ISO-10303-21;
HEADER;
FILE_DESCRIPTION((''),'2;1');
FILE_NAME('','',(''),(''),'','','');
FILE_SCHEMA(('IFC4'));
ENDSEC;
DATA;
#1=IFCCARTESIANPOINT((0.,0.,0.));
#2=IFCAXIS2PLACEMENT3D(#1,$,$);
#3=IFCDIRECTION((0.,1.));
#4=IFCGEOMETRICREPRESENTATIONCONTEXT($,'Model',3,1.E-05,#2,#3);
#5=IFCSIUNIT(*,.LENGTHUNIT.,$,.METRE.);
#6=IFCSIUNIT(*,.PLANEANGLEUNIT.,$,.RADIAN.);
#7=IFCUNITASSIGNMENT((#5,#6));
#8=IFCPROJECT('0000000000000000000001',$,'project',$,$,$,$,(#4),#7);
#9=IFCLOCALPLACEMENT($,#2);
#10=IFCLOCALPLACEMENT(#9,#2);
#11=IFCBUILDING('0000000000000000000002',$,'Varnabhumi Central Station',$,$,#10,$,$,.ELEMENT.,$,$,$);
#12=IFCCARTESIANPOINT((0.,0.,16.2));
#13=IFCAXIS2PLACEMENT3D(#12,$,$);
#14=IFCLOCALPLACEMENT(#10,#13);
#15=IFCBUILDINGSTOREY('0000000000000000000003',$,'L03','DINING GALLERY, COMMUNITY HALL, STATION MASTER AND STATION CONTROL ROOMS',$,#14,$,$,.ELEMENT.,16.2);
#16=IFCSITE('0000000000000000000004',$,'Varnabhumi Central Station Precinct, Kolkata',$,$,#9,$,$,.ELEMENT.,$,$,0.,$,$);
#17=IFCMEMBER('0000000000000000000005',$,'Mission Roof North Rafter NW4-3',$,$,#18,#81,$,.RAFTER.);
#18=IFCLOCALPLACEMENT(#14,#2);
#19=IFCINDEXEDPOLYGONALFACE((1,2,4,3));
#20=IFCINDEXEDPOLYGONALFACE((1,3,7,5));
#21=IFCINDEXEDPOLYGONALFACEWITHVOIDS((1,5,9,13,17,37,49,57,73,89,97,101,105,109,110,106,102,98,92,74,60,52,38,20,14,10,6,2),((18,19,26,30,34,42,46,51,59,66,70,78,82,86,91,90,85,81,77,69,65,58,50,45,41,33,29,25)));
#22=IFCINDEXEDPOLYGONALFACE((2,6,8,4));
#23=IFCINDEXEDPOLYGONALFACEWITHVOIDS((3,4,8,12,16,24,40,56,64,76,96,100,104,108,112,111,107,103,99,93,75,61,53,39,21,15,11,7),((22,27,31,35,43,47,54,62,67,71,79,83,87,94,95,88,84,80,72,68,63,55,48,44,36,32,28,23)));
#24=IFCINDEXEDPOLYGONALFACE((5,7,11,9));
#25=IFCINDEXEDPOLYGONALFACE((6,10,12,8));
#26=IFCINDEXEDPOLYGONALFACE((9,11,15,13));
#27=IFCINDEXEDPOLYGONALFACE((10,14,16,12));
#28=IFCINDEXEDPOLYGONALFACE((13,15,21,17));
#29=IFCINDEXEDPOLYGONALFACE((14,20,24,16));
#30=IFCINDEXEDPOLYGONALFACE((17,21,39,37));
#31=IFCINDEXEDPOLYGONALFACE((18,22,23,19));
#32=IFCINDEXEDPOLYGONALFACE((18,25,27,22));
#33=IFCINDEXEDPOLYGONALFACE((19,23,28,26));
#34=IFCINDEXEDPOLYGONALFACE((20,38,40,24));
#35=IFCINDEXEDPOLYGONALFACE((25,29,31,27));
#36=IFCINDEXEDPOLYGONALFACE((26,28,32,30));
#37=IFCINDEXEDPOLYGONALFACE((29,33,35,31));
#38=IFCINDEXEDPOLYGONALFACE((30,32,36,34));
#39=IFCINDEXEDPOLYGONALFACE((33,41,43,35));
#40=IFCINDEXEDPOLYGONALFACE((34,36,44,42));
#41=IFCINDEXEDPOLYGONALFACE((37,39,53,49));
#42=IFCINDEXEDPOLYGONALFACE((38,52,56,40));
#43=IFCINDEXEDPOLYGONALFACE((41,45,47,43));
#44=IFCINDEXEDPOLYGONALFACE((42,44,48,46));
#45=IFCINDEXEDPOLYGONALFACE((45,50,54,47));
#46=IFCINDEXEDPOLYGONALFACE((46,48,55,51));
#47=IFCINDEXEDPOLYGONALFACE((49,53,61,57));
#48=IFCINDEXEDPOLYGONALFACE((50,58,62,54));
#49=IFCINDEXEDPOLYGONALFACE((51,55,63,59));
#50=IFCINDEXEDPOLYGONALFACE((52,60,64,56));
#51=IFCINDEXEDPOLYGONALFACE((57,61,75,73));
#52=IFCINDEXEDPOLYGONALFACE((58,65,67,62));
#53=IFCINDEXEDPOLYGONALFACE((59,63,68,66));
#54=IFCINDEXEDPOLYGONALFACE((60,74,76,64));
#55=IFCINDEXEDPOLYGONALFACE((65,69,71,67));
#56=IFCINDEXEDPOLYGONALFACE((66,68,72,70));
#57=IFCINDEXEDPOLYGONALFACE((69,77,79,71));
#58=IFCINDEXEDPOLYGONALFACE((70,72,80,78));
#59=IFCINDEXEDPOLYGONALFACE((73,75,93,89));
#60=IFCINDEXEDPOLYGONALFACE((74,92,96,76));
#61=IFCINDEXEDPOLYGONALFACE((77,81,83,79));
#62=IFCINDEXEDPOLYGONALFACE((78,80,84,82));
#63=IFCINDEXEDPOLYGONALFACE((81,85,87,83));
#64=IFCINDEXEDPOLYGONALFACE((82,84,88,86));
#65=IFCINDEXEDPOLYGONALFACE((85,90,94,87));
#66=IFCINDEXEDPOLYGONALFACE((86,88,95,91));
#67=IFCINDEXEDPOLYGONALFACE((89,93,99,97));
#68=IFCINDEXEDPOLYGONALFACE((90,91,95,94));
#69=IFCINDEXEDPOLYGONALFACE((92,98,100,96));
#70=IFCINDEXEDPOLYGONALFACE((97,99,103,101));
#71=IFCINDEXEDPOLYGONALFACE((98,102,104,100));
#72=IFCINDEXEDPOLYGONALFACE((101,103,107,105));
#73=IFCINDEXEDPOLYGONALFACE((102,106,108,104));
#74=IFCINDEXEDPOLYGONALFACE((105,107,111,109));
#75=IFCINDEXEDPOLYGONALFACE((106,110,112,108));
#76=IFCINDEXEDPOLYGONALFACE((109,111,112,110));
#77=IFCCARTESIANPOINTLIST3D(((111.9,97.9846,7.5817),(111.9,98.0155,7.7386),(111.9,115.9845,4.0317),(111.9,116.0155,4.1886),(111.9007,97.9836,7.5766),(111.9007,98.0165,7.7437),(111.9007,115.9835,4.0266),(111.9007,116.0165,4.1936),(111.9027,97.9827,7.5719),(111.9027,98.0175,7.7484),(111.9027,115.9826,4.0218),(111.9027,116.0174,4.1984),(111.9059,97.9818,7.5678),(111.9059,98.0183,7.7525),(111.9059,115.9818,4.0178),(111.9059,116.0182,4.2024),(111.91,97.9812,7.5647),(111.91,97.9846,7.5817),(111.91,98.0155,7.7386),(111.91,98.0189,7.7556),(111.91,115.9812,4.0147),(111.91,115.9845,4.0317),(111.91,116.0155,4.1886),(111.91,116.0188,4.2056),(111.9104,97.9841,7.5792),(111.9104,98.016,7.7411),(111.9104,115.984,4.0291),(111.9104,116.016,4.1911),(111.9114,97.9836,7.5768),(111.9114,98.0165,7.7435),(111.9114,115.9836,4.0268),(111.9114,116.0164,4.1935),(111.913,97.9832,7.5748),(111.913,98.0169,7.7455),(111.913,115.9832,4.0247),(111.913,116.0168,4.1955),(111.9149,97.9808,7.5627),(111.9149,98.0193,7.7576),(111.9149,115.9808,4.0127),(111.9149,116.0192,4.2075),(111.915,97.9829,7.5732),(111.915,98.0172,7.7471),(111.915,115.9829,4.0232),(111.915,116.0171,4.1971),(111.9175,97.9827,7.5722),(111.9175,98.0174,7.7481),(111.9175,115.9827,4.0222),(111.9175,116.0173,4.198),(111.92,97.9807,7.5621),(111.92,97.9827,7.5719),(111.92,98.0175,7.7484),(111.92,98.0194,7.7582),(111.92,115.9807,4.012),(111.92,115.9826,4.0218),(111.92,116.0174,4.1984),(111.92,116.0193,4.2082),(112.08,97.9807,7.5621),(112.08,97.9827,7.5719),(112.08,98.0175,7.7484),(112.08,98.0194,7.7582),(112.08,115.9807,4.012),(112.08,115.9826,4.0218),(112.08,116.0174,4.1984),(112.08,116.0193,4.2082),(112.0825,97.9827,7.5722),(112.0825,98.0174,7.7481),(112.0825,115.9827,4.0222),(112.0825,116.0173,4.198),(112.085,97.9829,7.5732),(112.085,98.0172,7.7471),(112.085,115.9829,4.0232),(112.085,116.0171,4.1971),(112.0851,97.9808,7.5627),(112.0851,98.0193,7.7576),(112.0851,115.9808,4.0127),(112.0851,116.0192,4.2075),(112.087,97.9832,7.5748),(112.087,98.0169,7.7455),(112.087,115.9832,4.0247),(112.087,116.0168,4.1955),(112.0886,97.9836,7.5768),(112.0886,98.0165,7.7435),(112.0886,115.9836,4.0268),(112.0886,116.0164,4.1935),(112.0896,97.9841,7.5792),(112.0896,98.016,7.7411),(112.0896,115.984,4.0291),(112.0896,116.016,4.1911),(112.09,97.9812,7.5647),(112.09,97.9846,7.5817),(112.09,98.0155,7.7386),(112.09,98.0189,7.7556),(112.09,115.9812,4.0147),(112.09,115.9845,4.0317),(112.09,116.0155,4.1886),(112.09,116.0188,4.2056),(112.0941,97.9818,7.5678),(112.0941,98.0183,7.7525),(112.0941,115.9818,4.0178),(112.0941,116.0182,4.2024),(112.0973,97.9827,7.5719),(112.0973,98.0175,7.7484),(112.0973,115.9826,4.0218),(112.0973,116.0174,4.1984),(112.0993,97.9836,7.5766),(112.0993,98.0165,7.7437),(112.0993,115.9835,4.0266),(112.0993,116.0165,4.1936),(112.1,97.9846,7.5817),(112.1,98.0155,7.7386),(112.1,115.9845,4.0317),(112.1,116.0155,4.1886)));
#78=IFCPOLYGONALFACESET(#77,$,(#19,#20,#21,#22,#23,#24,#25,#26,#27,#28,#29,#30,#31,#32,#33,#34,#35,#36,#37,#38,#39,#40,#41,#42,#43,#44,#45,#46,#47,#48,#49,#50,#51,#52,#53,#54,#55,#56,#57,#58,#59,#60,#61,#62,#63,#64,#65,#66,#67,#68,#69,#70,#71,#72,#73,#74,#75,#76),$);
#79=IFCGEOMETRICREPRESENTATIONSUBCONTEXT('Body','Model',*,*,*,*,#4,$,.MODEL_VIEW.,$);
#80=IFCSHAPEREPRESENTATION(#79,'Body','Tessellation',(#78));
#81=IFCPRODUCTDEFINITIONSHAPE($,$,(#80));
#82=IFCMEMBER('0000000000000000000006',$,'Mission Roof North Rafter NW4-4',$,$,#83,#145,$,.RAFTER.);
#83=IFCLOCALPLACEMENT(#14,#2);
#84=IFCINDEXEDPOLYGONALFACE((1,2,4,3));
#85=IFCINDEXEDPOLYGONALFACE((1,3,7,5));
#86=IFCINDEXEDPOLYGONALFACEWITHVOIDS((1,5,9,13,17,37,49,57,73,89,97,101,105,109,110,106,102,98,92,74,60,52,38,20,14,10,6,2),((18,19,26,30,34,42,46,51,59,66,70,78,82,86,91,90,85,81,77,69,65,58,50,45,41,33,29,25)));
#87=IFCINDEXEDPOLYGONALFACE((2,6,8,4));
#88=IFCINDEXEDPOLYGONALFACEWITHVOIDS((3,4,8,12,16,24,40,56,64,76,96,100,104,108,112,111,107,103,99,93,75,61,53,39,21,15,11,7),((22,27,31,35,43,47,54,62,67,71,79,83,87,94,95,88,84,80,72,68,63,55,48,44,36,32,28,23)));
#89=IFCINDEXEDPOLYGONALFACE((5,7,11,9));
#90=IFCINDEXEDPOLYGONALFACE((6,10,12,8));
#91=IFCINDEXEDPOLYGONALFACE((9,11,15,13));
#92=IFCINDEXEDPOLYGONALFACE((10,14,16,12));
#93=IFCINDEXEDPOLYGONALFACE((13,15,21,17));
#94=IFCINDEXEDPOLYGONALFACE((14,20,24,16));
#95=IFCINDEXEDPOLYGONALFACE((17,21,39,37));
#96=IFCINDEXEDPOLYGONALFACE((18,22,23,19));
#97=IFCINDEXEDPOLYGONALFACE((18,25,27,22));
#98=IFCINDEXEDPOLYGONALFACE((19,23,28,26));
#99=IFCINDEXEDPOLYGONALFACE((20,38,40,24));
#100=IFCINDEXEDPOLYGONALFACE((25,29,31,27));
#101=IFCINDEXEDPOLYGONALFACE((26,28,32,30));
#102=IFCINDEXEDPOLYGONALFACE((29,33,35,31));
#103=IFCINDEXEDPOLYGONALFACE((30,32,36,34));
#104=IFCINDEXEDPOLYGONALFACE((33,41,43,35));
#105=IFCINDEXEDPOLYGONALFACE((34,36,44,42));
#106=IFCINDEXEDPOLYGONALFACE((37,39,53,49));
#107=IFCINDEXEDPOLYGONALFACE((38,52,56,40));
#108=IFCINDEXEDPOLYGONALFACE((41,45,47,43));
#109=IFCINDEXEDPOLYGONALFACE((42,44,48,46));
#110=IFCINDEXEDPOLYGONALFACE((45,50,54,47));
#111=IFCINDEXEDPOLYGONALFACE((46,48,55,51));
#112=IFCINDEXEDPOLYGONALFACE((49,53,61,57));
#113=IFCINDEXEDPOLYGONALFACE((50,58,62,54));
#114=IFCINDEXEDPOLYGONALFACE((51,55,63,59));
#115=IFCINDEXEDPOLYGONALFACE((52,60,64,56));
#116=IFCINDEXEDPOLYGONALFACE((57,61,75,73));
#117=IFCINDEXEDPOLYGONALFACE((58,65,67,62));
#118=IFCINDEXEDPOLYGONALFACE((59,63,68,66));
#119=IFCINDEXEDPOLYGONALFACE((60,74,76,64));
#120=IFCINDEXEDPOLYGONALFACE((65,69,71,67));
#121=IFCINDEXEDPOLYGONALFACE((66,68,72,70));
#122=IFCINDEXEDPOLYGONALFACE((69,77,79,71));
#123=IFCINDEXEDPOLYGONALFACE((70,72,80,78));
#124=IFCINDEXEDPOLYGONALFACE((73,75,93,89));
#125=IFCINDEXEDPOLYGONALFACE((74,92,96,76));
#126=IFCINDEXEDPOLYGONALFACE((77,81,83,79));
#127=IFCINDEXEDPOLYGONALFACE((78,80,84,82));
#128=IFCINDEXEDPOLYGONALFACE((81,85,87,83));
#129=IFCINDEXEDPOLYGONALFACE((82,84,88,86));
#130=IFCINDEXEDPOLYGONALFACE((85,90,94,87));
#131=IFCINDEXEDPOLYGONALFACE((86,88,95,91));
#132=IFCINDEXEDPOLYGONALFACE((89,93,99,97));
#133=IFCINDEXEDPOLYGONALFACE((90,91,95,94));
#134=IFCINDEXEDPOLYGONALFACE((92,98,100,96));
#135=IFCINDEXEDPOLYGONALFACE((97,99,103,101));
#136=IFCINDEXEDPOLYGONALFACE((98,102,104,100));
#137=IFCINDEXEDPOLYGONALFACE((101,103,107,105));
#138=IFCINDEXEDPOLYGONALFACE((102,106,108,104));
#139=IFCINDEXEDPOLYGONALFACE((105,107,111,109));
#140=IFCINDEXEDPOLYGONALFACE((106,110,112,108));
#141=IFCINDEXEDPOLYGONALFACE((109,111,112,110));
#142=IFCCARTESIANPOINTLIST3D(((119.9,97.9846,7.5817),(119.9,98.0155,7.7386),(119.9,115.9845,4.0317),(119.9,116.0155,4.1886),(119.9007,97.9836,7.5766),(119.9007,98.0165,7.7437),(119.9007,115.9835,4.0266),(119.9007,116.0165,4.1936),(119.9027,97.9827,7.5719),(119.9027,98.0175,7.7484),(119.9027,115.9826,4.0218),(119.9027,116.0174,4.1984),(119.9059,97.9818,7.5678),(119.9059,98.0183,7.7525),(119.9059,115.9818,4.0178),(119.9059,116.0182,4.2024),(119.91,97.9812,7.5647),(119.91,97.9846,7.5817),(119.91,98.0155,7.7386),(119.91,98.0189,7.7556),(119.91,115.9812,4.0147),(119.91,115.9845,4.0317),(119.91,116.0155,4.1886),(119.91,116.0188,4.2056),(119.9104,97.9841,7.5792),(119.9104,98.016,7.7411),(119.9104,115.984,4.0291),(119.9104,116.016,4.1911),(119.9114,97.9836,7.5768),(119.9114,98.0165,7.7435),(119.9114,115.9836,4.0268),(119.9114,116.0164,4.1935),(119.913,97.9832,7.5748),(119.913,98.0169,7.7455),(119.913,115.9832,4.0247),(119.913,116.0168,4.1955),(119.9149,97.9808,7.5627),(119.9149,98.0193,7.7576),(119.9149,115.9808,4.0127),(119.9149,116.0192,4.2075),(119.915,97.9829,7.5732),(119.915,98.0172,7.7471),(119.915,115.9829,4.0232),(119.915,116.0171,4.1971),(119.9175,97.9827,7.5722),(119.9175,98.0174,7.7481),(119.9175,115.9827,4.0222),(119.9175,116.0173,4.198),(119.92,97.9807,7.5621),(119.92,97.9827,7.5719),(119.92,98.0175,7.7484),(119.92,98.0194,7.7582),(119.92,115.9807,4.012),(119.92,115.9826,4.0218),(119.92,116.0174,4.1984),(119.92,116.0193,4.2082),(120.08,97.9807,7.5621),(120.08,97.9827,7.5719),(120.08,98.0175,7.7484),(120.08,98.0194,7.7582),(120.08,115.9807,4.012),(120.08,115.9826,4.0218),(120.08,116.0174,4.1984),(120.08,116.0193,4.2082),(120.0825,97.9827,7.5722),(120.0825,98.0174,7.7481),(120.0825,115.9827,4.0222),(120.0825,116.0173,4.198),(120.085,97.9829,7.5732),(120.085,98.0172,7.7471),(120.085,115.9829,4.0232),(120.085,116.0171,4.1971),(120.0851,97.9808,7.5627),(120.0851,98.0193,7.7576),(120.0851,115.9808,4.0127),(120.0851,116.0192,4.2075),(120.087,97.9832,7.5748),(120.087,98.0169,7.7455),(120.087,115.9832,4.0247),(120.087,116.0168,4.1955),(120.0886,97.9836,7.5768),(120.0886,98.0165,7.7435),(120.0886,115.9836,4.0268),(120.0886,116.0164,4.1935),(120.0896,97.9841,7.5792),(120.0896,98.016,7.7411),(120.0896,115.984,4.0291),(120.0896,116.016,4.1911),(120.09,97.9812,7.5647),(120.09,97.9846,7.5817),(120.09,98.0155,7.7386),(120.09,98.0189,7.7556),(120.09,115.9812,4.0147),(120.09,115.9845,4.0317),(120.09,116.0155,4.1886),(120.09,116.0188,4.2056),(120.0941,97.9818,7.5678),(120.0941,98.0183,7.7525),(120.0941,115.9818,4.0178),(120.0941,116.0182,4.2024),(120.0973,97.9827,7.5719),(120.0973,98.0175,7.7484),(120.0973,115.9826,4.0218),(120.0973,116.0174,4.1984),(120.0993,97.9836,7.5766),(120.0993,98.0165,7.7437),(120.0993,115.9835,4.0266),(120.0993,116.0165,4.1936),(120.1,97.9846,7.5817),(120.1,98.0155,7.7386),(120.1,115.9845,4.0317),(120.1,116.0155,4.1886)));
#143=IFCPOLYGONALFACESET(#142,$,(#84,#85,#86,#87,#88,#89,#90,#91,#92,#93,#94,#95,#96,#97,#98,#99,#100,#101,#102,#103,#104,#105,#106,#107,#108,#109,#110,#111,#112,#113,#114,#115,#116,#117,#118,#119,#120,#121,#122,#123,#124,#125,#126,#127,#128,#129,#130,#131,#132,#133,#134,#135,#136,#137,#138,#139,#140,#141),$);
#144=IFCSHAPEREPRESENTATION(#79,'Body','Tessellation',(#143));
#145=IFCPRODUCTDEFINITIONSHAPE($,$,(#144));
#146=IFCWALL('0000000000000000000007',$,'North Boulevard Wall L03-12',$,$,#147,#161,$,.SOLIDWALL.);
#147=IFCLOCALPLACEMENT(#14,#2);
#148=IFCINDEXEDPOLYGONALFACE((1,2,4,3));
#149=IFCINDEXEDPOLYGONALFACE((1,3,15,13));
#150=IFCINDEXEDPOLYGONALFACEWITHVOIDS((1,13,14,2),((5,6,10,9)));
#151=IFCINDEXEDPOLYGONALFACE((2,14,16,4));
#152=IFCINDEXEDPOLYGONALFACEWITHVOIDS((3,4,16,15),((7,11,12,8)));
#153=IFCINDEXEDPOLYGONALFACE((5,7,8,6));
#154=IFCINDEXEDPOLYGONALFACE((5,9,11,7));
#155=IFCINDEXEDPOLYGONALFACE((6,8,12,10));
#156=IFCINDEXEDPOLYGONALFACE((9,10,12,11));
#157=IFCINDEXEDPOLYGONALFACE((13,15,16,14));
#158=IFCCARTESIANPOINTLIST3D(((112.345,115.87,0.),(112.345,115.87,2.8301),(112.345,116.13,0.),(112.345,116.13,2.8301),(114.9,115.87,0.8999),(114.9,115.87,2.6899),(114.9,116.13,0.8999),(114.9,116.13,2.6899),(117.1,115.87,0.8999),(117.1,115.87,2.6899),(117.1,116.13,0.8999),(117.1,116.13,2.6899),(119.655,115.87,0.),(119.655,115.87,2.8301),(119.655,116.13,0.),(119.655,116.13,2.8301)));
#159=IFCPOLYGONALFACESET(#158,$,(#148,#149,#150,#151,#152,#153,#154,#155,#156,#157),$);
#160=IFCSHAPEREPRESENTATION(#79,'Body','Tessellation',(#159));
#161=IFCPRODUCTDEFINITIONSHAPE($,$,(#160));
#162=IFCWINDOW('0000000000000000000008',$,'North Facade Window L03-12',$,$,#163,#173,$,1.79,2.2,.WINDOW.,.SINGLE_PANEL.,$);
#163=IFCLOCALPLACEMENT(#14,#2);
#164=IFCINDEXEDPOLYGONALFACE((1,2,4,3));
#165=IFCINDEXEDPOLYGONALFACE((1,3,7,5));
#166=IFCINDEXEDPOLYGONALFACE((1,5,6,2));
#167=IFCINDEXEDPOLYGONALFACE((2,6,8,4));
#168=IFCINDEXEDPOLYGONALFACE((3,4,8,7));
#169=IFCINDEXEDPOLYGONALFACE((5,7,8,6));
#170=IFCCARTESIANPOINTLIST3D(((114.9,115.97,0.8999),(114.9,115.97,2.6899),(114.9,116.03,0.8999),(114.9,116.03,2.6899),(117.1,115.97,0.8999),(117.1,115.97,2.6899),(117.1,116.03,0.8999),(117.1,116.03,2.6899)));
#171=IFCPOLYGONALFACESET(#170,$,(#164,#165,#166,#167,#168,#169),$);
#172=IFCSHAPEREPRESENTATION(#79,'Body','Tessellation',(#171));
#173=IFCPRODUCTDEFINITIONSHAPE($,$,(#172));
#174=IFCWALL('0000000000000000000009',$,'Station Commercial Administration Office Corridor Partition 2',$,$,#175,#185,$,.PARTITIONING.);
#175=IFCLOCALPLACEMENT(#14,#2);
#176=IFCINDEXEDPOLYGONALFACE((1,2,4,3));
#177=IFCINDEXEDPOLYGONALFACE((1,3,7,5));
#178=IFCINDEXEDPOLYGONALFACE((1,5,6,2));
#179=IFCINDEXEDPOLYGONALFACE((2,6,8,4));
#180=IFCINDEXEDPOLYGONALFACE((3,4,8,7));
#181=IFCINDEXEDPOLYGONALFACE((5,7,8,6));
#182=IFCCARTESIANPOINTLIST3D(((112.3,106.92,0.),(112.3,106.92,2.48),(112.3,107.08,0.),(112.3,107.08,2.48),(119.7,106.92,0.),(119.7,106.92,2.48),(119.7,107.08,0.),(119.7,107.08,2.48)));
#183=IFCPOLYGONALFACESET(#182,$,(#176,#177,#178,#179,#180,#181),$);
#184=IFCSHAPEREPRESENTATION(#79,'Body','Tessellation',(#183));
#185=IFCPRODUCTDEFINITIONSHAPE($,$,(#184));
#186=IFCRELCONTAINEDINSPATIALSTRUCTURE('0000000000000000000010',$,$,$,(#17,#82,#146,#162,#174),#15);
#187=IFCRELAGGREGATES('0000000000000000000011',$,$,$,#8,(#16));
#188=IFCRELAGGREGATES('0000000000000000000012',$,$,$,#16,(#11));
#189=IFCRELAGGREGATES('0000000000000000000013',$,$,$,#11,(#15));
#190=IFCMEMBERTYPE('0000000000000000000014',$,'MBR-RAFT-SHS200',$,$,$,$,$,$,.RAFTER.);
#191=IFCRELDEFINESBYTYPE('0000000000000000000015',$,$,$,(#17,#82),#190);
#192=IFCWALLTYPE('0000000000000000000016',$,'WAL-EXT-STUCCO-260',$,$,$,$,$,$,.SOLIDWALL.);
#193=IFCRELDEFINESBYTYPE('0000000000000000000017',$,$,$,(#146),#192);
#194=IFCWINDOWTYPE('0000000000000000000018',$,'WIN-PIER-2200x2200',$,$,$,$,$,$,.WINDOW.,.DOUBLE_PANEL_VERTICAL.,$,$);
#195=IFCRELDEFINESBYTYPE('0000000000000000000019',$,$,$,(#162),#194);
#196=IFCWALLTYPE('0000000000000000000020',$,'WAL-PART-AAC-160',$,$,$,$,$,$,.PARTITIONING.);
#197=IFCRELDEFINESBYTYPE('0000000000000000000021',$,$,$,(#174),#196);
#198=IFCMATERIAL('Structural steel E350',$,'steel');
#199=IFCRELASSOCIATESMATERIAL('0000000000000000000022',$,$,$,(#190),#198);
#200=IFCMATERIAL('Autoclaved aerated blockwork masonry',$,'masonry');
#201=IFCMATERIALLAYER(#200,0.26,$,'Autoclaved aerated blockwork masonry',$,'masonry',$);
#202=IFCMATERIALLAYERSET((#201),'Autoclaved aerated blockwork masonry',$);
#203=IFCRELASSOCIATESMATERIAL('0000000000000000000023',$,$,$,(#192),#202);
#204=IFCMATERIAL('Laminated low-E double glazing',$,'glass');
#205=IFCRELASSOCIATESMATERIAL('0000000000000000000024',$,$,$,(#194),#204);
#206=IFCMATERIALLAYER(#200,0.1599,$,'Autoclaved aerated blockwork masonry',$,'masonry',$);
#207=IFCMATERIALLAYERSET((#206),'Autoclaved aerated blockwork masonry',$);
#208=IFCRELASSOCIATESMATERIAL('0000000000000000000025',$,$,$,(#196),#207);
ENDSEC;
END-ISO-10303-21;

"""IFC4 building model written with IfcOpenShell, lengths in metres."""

from ifc_helpers import new_model, si_unit, direction, frame, frame_2d, origin, origin_2d, place, context, subcontext, project, spatial, rectangle, hollow_rectangle, extrude, material, layer, layer_set, material_profile, profile_set, type_object, element, fill, save


model = new_model("IFC4")

# Units and contexts
model_context = context("Model", 3, precision=1e-05, world=origin(), true_north=direction((0.0, 1.0)))
body_context = subcontext(model_context, "Body", "Model", "MODEL_VIEW")
ifc_project = project(units=[si_unit("LENGTHUNIT", "METRE"), si_unit("PLANEANGLEUNIT", "RADIAN")], contexts=[model_context])

# Site, building, storey
site_placement = place(None, origin())
site = spatial("IfcSite", under=ifc_project, at=site_placement, Name="Varnabhumi Central Station Precinct, Kolkata", CompositionType="ELEMENT", RefElevation=0.0)
building_placement = place(site_placement, origin())
building = spatial("IfcBuilding", under=site, at=building_placement, Name="Varnabhumi Central Station", CompositionType="ELEMENT")
storey_placement = place(building_placement, frame((0.0, 0.0, 16.2)))
storey = spatial("IfcBuildingStorey", under=building, at=storey_placement, Name="L03", Description="DINING GALLERY, COMMUNITY HALL, STATION MASTER AND STATION CONTROL ROOMS", CompositionType="ELEMENT", Elevation=16.2)

# Shared definitions
ifc_material_1 = material(Name="Structural steel E350", Category="steel")

# Members
ifc_material_profile_1 = material_profile(ifc_material_1, hollow_rectangle(XDim=0.2, YDim=0.2, WallThickness=0.01, InnerFilletRadius=0.01, OuterFilletRadius=0.02, at=origin_2d()), Name="Structural steel E350", Category="steel")
ifc_profile_set_1 = profile_set([ifc_material_profile_1], Name="Structural steel E350")
member_type_1 = type_object("IfcMemberType", Name="MBR-RAFT-SHS200", PredefinedType="RAFTER", material=ifc_profile_set_1)
for number, where, z_axis, x_axis, name in (
    (1, (112.0, 116.0, 4.1101), (0.0, -0.981101, 0.193498), (1.0, 0.0, 0.0), "Mission Roof North Rafter NW4-3"),
    (2, (120.0, 116.0, 4.1101), (0.0, -0.981101, 0.193498), (1.0, 0.0, 0.0), "Mission Roof North Rafter NW4-4"),
):
    element("IfcMember", number, at=place(storey_placement, frame(where, z_axis=z_axis, x_axis=x_axis)), inside=storey, type_object=member_type_1, Name=name, PredefinedType="RAFTER", context=body_context, shape_type="SweptSolid", body=[
        extrude(hollow_rectangle(XDim=0.2, YDim=0.2, WallThickness=0.01, InnerFilletRadius=0.01, OuterFilletRadius=0.02, at=origin_2d()), origin(), (0.0, 0.0, 1.0), 18.3467),
    ])

# Wall, opening, window
ifc_material_2 = material(Name="Autoclaved aerated blockwork masonry", Category="masonry")
ifc_layer_1 = layer(ifc_material_2, 0.26, Name="Autoclaved aerated blockwork masonry", Category="masonry")
ifc_layer_set_1 = layer_set([ifc_layer_1], Name="Autoclaved aerated blockwork masonry")
wall_type_1 = type_object("IfcWallType", Name="WAL-EXT-STUCCO-260", PredefinedType="SOLIDWALL", material=ifc_layer_set_1)
wall_1_placement = place(storey_placement, frame((112.345, 116.0, 0.0), z_axis=(0.0, 0.0, 1.0), x_axis=(1.0, 0.0, 0.0)))
wall_1 = element("IfcWall", 3, at=wall_1_placement, inside=storey, type_object=wall_type_1, Name="North Boulevard Wall L03-12", PredefinedType="SOLIDWALL", context=body_context, shape_type="SweptSolid", body=[
    extrude(rectangle(XDim=7.3101, YDim=0.26, at=frame_2d((3.655, 0.0))), origin(), (0.0, 0.0, 1.0), 2.8301),
])
opening_placement = place(wall_1_placement, frame((2.5549, 0.0, 0.8999)))
opening = element("IfcOpeningElement", 4, at=opening_placement, cuts=wall_1, PredefinedType="OPENING", context=body_context, shape_type="SweptSolid", body=[
    extrude(rectangle(XDim=2.2, YDim=1.79, at=frame_2d((1.1001, 0.895))), frame((0.0, 0.1399, 0.0), z_axis=(0.0, -1.0, 0.0), x_axis=(1.0, 0.0, 0.0)), (0.0, 0.0, 1.0), 0.28),
])
ifc_material_3 = material(Name="Laminated low-E double glazing", Category="glass")
window_type = type_object("IfcWindowType", Name="WIN-PIER-2200x2200", PartitioningType="DOUBLE_PANEL_VERTICAL", PredefinedType="WINDOW", material=ifc_material_3)
window_placement = place(opening_placement, origin())
window = element("IfcWindow", 5, at=window_placement, inside=storey, type_object=window_type, Name="North Facade Window L03-12", OverallHeight=1.79, OverallWidth=2.2, PartitioningType="SINGLE_PANEL", PredefinedType="WINDOW", context=body_context, shape_type="SweptSolid", body=[
    extrude(rectangle(XDim=2.2, YDim=1.79, at=frame_2d((1.1001, 0.895))), frame((0.0, 0.03, 0.0), z_axis=(0.0, -1.0, 0.0), x_axis=(1.0, 0.0, 0.0)), (0.0, 0.0, 1.0), 0.0601),
])
fill(opening, window)

# Wall
ifc_layer_2 = layer(ifc_material_2, 0.1599, Name="Autoclaved aerated blockwork masonry", Category="masonry")
ifc_layer_set_2 = layer_set([ifc_layer_2], Name="Autoclaved aerated blockwork masonry")
wall_type_2 = type_object("IfcWallType", Name="WAL-PART-AAC-160", PredefinedType="PARTITIONING", material=ifc_layer_set_2)
wall_2_placement = place(storey_placement, frame((112.3, 107.0, 0.0), z_axis=(0.0, 0.0, 1.0), x_axis=(1.0, 0.0, 0.0)))
element("IfcWall", 6, at=wall_2_placement, inside=storey, type_object=wall_type_2, Name="Station Commercial Administration Office Corridor Partition 2", PredefinedType="PARTITIONING", context=body_context, shape_type="SweptSolid", body=[
    extrude(rectangle(XDim=7.3999, YDim=0.1599, at=frame_2d((3.7, 0.0))), origin(), (0.0, 0.0, 1.0), 2.48),
])

save(model, "model.ifc")
